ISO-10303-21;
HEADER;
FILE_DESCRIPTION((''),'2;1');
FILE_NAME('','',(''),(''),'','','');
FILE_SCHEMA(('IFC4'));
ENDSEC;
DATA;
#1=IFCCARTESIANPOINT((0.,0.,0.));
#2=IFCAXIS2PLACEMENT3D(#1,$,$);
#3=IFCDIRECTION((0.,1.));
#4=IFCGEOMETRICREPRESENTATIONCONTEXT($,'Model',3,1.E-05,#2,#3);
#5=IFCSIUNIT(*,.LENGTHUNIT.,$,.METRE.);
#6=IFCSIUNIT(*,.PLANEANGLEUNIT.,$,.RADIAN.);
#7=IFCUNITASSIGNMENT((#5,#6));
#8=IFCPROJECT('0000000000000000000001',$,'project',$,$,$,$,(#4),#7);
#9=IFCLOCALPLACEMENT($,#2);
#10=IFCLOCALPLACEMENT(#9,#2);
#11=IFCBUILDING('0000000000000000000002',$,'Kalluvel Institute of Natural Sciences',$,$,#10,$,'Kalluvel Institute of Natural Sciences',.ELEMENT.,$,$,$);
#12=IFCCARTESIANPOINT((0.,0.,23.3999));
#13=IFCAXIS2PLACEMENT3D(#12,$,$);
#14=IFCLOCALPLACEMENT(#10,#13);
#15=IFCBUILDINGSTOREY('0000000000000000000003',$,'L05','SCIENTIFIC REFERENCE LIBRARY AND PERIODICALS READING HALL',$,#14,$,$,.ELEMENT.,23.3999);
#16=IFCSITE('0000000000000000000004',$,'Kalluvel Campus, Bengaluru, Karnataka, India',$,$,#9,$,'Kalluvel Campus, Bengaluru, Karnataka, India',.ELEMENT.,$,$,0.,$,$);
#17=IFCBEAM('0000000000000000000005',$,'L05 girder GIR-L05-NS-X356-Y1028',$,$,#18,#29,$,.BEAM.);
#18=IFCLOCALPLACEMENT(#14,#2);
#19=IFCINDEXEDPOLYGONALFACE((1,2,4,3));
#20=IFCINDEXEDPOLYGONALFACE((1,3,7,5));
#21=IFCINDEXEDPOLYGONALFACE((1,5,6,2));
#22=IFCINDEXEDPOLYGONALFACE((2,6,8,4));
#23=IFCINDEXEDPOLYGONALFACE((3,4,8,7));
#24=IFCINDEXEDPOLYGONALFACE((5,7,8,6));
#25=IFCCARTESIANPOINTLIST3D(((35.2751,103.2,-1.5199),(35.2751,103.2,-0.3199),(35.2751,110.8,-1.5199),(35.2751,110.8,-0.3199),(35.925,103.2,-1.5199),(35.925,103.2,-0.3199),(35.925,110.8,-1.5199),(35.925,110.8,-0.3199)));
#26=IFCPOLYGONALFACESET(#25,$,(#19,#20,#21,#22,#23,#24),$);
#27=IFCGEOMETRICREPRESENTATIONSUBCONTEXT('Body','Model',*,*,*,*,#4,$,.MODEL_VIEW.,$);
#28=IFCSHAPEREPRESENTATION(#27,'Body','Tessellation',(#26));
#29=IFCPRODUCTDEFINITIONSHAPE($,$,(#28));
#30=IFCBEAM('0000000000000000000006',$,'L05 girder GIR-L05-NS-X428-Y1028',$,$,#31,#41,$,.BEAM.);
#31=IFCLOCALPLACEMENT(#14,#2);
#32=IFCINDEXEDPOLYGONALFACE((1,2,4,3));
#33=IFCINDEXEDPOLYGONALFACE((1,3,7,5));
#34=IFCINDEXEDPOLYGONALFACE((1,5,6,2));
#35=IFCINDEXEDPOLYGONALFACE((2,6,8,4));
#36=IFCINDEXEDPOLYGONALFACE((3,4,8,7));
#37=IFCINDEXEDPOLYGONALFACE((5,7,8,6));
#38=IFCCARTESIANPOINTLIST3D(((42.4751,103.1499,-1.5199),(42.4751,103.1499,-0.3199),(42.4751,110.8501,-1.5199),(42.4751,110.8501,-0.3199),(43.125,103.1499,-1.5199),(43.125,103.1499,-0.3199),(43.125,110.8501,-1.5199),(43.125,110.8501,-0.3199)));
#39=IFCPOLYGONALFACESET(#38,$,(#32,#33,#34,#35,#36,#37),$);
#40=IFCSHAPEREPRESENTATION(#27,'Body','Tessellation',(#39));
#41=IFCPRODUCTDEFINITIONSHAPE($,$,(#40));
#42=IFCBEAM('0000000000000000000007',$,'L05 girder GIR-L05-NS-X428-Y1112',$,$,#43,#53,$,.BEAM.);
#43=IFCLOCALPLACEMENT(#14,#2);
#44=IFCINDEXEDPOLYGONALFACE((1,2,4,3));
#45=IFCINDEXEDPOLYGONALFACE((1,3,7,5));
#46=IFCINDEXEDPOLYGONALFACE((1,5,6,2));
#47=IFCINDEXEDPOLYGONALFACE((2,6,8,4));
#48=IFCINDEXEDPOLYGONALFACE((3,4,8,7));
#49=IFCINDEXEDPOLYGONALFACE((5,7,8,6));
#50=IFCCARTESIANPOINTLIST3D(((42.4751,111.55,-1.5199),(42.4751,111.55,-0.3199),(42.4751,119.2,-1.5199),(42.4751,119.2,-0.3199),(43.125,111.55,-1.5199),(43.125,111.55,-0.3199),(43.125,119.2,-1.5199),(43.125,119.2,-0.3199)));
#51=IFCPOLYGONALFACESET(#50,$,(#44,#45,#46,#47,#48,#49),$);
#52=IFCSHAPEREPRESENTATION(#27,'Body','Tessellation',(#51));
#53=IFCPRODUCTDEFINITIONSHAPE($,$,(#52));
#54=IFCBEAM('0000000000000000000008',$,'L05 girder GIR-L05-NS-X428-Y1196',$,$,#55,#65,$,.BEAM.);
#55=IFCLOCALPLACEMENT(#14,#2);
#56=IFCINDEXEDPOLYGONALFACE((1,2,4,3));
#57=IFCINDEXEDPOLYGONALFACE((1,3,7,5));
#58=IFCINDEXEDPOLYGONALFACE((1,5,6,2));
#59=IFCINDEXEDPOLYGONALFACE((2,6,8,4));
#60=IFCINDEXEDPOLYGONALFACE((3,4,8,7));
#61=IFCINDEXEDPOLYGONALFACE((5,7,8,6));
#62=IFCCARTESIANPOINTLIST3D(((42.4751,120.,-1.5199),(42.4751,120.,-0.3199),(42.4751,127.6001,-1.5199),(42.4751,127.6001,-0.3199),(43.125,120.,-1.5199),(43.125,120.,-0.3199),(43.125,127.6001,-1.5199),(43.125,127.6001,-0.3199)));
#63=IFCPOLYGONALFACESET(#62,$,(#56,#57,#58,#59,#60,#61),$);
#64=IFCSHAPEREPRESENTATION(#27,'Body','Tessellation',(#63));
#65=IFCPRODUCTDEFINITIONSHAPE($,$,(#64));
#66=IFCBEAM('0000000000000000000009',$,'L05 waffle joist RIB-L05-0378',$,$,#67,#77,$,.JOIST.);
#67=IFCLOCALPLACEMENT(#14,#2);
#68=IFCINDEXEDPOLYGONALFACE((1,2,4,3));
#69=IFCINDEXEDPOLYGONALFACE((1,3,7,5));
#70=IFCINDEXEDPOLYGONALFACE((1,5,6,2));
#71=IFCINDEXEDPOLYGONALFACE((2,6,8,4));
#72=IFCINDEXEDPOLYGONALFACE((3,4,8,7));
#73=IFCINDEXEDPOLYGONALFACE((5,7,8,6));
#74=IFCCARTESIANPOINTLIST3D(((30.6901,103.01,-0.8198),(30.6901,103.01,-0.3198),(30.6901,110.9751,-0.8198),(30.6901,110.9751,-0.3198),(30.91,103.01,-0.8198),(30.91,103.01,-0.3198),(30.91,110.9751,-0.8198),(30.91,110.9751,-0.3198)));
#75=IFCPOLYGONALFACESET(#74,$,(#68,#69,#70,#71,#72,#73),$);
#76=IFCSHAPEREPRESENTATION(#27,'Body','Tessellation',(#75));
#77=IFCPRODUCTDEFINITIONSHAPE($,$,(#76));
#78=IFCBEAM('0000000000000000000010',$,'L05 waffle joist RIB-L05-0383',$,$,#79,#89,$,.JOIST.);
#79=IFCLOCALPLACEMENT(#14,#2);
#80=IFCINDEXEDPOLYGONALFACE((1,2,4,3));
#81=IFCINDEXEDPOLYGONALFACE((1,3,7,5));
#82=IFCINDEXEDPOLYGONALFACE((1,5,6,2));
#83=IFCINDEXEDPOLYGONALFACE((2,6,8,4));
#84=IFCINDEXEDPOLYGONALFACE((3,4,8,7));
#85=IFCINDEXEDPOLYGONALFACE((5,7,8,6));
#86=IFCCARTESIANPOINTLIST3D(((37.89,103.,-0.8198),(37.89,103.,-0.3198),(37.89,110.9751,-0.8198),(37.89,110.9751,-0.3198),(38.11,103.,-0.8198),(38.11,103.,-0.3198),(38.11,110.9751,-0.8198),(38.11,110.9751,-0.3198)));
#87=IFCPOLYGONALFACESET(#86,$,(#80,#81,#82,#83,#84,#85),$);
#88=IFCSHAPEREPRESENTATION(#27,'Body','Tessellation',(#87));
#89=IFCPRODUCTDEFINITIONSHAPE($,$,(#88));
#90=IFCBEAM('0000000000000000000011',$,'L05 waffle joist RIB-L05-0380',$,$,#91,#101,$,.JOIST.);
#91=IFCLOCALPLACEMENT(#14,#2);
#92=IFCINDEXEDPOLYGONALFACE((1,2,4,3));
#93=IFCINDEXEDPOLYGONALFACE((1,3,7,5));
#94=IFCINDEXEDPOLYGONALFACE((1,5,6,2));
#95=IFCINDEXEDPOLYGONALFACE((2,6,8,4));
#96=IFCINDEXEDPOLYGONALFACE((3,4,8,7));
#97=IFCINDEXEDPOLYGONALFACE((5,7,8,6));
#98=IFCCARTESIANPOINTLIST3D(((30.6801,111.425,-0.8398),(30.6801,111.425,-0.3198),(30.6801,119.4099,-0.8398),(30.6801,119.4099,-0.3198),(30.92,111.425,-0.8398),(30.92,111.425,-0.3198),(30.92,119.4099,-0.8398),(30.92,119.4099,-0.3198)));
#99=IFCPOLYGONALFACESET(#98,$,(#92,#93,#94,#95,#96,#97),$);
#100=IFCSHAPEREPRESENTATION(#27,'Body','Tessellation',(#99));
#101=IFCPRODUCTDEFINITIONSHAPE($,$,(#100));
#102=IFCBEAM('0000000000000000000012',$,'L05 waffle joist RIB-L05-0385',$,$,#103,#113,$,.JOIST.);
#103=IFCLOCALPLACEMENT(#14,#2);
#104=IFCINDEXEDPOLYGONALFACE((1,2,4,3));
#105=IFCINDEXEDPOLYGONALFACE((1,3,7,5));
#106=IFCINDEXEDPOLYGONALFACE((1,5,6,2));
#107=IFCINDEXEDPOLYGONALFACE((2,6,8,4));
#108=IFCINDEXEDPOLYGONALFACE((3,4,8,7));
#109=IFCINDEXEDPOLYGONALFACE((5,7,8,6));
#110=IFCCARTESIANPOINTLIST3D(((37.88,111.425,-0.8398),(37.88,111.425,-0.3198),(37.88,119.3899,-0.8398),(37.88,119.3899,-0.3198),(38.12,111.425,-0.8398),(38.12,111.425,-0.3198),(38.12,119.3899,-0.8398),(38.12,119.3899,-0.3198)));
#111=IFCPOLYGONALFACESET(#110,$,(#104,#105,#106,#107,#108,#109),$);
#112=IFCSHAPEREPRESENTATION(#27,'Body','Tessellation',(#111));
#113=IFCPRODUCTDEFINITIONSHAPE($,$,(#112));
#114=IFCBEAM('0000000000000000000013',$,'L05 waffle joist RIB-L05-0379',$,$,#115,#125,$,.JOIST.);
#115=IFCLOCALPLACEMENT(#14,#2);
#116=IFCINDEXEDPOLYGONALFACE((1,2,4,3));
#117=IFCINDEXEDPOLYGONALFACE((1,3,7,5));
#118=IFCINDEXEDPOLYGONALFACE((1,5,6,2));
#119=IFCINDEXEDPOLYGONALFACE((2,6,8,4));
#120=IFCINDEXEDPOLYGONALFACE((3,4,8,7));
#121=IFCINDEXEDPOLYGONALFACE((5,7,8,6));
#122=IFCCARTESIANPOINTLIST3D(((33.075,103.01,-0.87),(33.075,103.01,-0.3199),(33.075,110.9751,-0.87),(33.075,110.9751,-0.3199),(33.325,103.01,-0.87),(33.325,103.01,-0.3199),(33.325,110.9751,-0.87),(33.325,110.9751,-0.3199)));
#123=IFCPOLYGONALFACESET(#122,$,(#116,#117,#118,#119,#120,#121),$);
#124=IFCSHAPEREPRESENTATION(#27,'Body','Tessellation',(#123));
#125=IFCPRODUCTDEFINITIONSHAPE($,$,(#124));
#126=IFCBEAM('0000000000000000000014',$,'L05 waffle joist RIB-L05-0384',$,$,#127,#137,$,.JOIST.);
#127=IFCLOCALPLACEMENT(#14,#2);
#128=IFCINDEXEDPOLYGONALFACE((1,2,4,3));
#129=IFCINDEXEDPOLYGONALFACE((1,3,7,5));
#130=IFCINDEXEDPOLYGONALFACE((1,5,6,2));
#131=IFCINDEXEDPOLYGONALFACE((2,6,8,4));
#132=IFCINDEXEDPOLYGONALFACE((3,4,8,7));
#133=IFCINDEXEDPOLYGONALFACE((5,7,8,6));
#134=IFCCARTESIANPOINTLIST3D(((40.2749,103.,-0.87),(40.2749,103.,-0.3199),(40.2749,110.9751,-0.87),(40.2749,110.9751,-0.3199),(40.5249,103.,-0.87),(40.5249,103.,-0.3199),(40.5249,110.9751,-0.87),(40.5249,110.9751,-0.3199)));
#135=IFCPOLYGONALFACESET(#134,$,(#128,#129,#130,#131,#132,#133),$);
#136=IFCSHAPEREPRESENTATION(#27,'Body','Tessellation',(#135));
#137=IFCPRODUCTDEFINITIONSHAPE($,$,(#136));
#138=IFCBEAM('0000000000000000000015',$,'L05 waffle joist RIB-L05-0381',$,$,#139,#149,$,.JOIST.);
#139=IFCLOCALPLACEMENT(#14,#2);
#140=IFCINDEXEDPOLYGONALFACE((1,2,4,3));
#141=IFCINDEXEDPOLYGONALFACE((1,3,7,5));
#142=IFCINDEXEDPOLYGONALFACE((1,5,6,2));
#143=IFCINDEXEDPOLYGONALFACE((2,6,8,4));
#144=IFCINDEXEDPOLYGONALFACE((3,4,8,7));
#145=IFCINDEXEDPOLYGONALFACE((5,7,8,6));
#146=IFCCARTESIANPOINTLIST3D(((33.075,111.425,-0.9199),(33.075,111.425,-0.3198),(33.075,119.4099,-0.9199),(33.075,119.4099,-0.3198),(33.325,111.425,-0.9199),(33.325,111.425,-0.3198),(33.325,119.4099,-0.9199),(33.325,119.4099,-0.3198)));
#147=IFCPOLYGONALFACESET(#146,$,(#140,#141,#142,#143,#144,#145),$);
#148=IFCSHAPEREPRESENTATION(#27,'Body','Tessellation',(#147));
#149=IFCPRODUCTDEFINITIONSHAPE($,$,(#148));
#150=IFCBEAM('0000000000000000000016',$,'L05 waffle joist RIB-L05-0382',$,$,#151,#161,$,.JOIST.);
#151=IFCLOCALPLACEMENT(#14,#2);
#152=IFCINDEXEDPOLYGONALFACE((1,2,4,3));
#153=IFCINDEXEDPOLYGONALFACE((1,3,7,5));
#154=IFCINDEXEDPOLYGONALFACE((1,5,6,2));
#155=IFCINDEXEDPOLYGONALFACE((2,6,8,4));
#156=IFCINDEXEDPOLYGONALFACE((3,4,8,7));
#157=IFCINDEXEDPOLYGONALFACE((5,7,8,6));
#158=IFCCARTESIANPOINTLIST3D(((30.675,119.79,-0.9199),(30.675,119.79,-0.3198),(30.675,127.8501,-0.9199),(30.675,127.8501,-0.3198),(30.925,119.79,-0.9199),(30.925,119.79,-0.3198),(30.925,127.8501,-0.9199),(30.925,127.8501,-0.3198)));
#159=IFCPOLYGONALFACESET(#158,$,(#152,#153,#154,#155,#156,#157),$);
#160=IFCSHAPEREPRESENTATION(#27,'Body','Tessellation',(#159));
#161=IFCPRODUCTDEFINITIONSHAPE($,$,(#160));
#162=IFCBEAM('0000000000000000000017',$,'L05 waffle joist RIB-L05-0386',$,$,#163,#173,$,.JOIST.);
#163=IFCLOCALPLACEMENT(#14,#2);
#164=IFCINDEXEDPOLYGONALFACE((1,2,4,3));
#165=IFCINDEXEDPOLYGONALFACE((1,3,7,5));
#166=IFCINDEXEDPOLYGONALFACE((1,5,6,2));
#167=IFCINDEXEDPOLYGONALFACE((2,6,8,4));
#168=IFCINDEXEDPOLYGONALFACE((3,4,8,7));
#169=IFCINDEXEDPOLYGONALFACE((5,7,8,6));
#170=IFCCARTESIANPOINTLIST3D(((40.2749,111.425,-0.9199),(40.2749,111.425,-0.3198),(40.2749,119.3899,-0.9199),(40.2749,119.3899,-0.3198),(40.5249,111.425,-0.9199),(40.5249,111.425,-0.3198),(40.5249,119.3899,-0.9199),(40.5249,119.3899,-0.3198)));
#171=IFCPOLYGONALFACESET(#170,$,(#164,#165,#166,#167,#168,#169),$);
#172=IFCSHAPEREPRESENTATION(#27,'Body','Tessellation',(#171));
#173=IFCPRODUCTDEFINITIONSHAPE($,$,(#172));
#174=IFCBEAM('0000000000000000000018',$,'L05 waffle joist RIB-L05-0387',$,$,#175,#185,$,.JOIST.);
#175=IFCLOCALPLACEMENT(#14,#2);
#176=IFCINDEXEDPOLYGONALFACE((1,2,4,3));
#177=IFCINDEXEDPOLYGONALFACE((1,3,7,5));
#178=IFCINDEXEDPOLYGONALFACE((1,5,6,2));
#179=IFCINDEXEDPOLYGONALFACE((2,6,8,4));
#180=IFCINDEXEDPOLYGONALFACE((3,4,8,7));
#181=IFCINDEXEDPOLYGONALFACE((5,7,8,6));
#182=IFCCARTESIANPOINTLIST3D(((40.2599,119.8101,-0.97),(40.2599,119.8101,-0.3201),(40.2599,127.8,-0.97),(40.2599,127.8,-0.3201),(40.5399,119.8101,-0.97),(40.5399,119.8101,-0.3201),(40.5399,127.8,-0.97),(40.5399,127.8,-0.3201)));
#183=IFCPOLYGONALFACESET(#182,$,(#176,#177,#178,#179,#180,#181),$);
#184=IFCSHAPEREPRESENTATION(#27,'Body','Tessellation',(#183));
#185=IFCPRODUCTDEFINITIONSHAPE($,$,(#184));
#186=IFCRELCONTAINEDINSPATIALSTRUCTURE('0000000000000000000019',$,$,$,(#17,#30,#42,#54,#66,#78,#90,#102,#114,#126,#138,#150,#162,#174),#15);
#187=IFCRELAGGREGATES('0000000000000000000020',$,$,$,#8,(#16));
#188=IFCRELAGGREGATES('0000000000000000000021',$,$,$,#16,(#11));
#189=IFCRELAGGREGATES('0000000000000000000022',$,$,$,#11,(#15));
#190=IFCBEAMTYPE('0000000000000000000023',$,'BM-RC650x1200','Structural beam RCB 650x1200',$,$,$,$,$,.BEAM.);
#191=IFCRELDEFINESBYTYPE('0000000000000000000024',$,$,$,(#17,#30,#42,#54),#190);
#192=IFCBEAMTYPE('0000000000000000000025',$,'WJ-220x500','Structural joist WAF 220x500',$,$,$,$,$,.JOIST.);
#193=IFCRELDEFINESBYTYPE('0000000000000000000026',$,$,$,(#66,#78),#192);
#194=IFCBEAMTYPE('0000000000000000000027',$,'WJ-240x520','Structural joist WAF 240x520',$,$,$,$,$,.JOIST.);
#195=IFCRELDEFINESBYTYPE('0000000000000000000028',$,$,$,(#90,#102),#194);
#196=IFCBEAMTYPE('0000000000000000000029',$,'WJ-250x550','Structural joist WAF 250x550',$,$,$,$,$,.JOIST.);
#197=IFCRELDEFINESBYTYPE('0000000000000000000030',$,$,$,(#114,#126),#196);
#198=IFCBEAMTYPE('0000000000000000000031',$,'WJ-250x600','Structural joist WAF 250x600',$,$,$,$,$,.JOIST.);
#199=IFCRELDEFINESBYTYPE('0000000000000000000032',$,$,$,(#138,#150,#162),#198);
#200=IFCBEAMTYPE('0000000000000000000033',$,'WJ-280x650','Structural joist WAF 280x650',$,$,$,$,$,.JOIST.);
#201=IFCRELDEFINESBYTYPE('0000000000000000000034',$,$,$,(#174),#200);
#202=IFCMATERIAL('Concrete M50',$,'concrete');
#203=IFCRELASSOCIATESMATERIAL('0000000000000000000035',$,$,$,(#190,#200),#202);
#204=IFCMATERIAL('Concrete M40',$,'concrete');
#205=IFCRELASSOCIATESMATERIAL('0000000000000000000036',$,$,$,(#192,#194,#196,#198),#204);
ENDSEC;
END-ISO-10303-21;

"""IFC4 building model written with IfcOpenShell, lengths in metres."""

from ifc_helpers import new_model, si_unit, direction, frame, origin, origin_2d, place, context, subcontext, project, spatial, rectangle, extrude, material, material_profile, profile_set, type_object, element, save


model = new_model("IFC4")

# Units and contexts
model_context = context("Model", 3, precision=1e-05, world=origin(), true_north=direction((0.0, 1.0)))
body_context = subcontext(model_context, "Body", "Model", "MODEL_VIEW")
ifc_project = project(units=[si_unit("LENGTHUNIT", "METRE"), si_unit("PLANEANGLEUNIT", "RADIAN")], contexts=[model_context])

# Site, building, storey
site_placement = place(None, origin())
site = spatial("IfcSite", under=ifc_project, at=site_placement, Name="Kalluvel Campus, Bengaluru, Karnataka, India", LongName="Kalluvel Campus, Bengaluru, Karnataka, India", CompositionType="ELEMENT", RefElevation=0.0)
building_placement = place(site_placement, origin())
building = spatial("IfcBuilding", under=site, at=building_placement, Name="Kalluvel Institute of Natural Sciences", LongName="Kalluvel Institute of Natural Sciences", CompositionType="ELEMENT")
storey_placement = place(building_placement, frame((0.0, 0.0, 23.3999)))
storey = spatial("IfcBuildingStorey", under=building, at=storey_placement, Name="L05", Description="SCIENTIFIC REFERENCE LIBRARY AND PERIODICALS READING HALL", CompositionType="ELEMENT", Elevation=23.3999)

# Shared definitions
ifc_material_1 = material(Name="Concrete M50", Category="concrete")
ifc_material_2 = material(Name="Concrete M40", Category="concrete")

# Beams
ifc_material_profile_1 = material_profile(ifc_material_1, rectangle(XDim=0.6499, YDim=1.2, at=origin_2d()), Name="RCB 650x1200")
ifc_profile_set_1 = profile_set([ifc_material_profile_1], Name="Concrete M50")
beam_type_1 = type_object("IfcBeamType", Name="BM-RC650x1200", Description="Structural beam RCB 650x1200", PredefinedType="BEAM", material=ifc_profile_set_1)
beam_1_placement = place(storey_placement, frame((35.6001, 103.2, -0.9199), z_axis=(0.0, 1.0, 0.0), x_axis=(-1.0, 0.0, 0.0)))
element("IfcBeam", 1, at=beam_1_placement, inside=storey, type_object=beam_type_1, Name="L05 girder GIR-L05-NS-X356-Y1028", PredefinedType="BEAM", context=body_context, shape_type="SweptSolid", body=[
    extrude(rectangle(XDim=0.6499, YDim=1.2, at=origin_2d()), origin(), (0.0, 0.0, 1.0), 7.6001),
])
beam_2_placement = place(storey_placement, frame((42.8, 103.1499, -0.9199), z_axis=(0.0, 1.0, 0.0), x_axis=(-1.0, 0.0, 0.0)))
element("IfcBeam", 2, at=beam_2_placement, inside=storey, type_object=beam_type_1, Name="L05 girder GIR-L05-NS-X428-Y1028", PredefinedType="BEAM", context=body_context, shape_type="SweptSolid", body=[
    extrude(rectangle(XDim=0.6499, YDim=1.2, at=origin_2d()), origin(), (0.0, 0.0, 1.0), 7.7002),
])
beam_3_placement = place(storey_placement, frame((42.8, 111.55, -0.9199), z_axis=(0.0, 1.0, 0.0), x_axis=(-1.0, 0.0, 0.0)))
element("IfcBeam", 3, at=beam_3_placement, inside=storey, type_object=beam_type_1, Name="L05 girder GIR-L05-NS-X428-Y1112", PredefinedType="BEAM", context=body_context, shape_type="SweptSolid", body=[
    extrude(rectangle(XDim=0.6499, YDim=1.2, at=origin_2d()), origin(), (0.0, 0.0, 1.0), 7.6499),
])
beam_4_placement = place(storey_placement, frame((42.8, 120.0, -0.9199), z_axis=(0.0, 1.0, 0.0), x_axis=(-1.0, 0.0, 0.0)))
element("IfcBeam", 4, at=beam_4_placement, inside=storey, type_object=beam_type_1, Name="L05 girder GIR-L05-NS-X428-Y1196", PredefinedType="BEAM", context=body_context, shape_type="SweptSolid", body=[
    extrude(rectangle(XDim=0.6499, YDim=1.2, at=origin_2d()), origin(), (0.0, 0.0, 1.0), 7.6001),
])
ifc_material_profile_2 = material_profile(ifc_material_2, rectangle(XDim=0.22, YDim=0.5, at=origin_2d()), Name="WAF 220x500")
ifc_profile_set_2 = profile_set([ifc_material_profile_2], Name="Concrete M40")
beam_type_2 = type_object("IfcBeamType", Name="WJ-220x500", Description="Structural joist WAF 220x500", PredefinedType="JOIST", material=ifc_profile_set_2)
beam_5_placement = place(storey_placement, frame((30.8, 103.01, -0.5698), z_axis=(0.0, 1.0, 0.0), x_axis=(-1.0, 0.0, 0.0)))
element("IfcBeam", 5, at=beam_5_placement, inside=storey, type_object=beam_type_2, Name="L05 waffle joist RIB-L05-0378", PredefinedType="JOIST", context=body_context, shape_type="SweptSolid", body=[
    extrude(rectangle(XDim=0.22, YDim=0.5, at=origin_2d()), origin(), (0.0, 0.0, 1.0), 7.9651),
])
beam_6_placement = place(storey_placement, frame((38.0, 103.0, -0.5698), z_axis=(0.0, 1.0, 0.0), x_axis=(-1.0, 0.0, 0.0)))
element("IfcBeam", 6, at=beam_6_placement, inside=storey, type_object=beam_type_2, Name="L05 waffle joist RIB-L05-0383", PredefinedType="JOIST", context=body_context, shape_type="SweptSolid", body=[
    extrude(rectangle(XDim=0.22, YDim=0.5, at=origin_2d()), origin(), (0.0, 0.0, 1.0), 7.9751),
])
ifc_material_profile_3 = material_profile(ifc_material_2, rectangle(XDim=0.24, YDim=0.52, at=origin_2d()), Name="WAF 240x520")
ifc_profile_set_3 = profile_set([ifc_material_profile_3], Name="Concrete M40")
beam_type_3 = type_object("IfcBeamType", Name="WJ-240x520", Description="Structural joist WAF 240x520", PredefinedType="JOIST", material=ifc_profile_set_3)
beam_7_placement = place(storey_placement, frame((30.8, 111.425, -0.5798), z_axis=(0.0, 1.0, 0.0), x_axis=(-1.0, 0.0, 0.0)))
element("IfcBeam", 7, at=beam_7_placement, inside=storey, type_object=beam_type_3, Name="L05 waffle joist RIB-L05-0380", PredefinedType="JOIST", context=body_context, shape_type="SweptSolid", body=[
    extrude(rectangle(XDim=0.24, YDim=0.52, at=origin_2d()), origin(), (0.0, 0.0, 1.0), 7.9849),
])
beam_8_placement = place(storey_placement, frame((38.0, 111.425, -0.5798), z_axis=(0.0, 1.0, 0.0), x_axis=(-1.0, 0.0, 0.0)))
element("IfcBeam", 8, at=beam_8_placement, inside=storey, type_object=beam_type_3, Name="L05 waffle joist RIB-L05-0385", PredefinedType="JOIST", context=body_context, shape_type="SweptSolid", body=[
    extrude(rectangle(XDim=0.24, YDim=0.52, at=origin_2d()), origin(), (0.0, 0.0, 1.0), 7.9648),
])
ifc_material_profile_4 = material_profile(ifc_material_2, rectangle(XDim=0.25, YDim=0.55, at=origin_2d()), Name="WAF 250x550")
ifc_profile_set_4 = profile_set([ifc_material_profile_4], Name="Concrete M40")
beam_type_4 = type_object("IfcBeamType", Name="WJ-250x550", Description="Structural joist WAF 250x550", PredefinedType="JOIST", material=ifc_profile_set_4)
beam_9_placement = place(storey_placement, frame((33.2, 103.01, -0.595), z_axis=(0.0, 1.0, 0.0), x_axis=(-1.0, 0.0, 0.0)))
element("IfcBeam", 9, at=beam_9_placement, inside=storey, type_object=beam_type_4, Name="L05 waffle joist RIB-L05-0379", PredefinedType="JOIST", context=body_context, shape_type="SweptSolid", body=[
    extrude(rectangle(XDim=0.25, YDim=0.55, at=origin_2d()), origin(), (0.0, 0.0, 1.0), 7.9651),
])
beam_10_placement = place(storey_placement, frame((40.3999, 103.0, -0.595), z_axis=(0.0, 1.0, 0.0), x_axis=(-1.0, 0.0, 0.0)))
element("IfcBeam", 10, at=beam_10_placement, inside=storey, type_object=beam_type_4, Name="L05 waffle joist RIB-L05-0384", PredefinedType="JOIST", context=body_context, shape_type="SweptSolid", body=[
    extrude(rectangle(XDim=0.25, YDim=0.55, at=origin_2d()), origin(), (0.0, 0.0, 1.0), 7.9751),
])
ifc_material_profile_5 = material_profile(ifc_material_2, rectangle(XDim=0.25, YDim=0.6001, at=origin_2d()), Name="WAF 250x600")
ifc_profile_set_5 = profile_set([ifc_material_profile_5], Name="Concrete M40")
beam_type_5 = type_object("IfcBeamType", Name="WJ-250x600", Description="Structural joist WAF 250x600", PredefinedType="JOIST", material=ifc_profile_set_5)
beam_11_placement = place(storey_placement, frame((33.2, 111.425, -0.6199), z_axis=(0.0, 1.0, 0.0), x_axis=(-1.0, 0.0, 0.0)))
element("IfcBeam", 11, at=beam_11_placement, inside=storey, type_object=beam_type_5, Name="L05 waffle joist RIB-L05-0381", PredefinedType="JOIST", context=body_context, shape_type="SweptSolid", body=[
    extrude(rectangle(XDim=0.25, YDim=0.6001, at=origin_2d()), origin(), (0.0, 0.0, 1.0), 7.9849),
])
beam_12_placement = place(storey_placement, frame((30.8, 119.79, -0.6199), z_axis=(0.0, 1.0, 0.0), x_axis=(-1.0, 0.0, 0.0)))
element("IfcBeam", 12, at=beam_12_placement, inside=storey, type_object=beam_type_5, Name="L05 waffle joist RIB-L05-0382", PredefinedType="JOIST", context=body_context, shape_type="SweptSolid", body=[
    extrude(rectangle(XDim=0.25, YDim=0.6001, at=origin_2d()), origin(), (0.0, 0.0, 1.0), 8.0601),
])
beam_13_placement = place(storey_placement, frame((40.3999, 111.425, -0.6199), z_axis=(0.0, 1.0, 0.0), x_axis=(-1.0, 0.0, 0.0)))
element("IfcBeam", 13, at=beam_13_placement, inside=storey, type_object=beam_type_5, Name="L05 waffle joist RIB-L05-0386", PredefinedType="JOIST", context=body_context, shape_type="SweptSolid", body=[
    extrude(rectangle(XDim=0.25, YDim=0.6001, at=origin_2d()), origin(), (0.0, 0.0, 1.0), 7.9648),
])
ifc_material_profile_6 = material_profile(ifc_material_1, rectangle(XDim=0.28, YDim=0.6499, at=origin_2d()), Name="WAF 280x650")
ifc_profile_set_6 = profile_set([ifc_material_profile_6], Name="Concrete M50")
beam_type_6 = type_object("IfcBeamType", Name="WJ-280x650", Description="Structural joist WAF 280x650", PredefinedType="JOIST", material=ifc_profile_set_6)
beam_14_placement = place(storey_placement, frame((40.3999, 119.8101, -0.645), z_axis=(0.0, 1.0, 0.0), x_axis=(-1.0, 0.0, 0.0)))
element("IfcBeam", 14, at=beam_14_placement, inside=storey, type_object=beam_type_6, Name="L05 waffle joist RIB-L05-0387", PredefinedType="JOIST", context=body_context, shape_type="SweptSolid", body=[
    extrude(rectangle(XDim=0.28, YDim=0.6499, at=origin_2d()), origin(), (0.0, 0.0, 1.0), 7.99),
])

save(model, "model.ifc")
